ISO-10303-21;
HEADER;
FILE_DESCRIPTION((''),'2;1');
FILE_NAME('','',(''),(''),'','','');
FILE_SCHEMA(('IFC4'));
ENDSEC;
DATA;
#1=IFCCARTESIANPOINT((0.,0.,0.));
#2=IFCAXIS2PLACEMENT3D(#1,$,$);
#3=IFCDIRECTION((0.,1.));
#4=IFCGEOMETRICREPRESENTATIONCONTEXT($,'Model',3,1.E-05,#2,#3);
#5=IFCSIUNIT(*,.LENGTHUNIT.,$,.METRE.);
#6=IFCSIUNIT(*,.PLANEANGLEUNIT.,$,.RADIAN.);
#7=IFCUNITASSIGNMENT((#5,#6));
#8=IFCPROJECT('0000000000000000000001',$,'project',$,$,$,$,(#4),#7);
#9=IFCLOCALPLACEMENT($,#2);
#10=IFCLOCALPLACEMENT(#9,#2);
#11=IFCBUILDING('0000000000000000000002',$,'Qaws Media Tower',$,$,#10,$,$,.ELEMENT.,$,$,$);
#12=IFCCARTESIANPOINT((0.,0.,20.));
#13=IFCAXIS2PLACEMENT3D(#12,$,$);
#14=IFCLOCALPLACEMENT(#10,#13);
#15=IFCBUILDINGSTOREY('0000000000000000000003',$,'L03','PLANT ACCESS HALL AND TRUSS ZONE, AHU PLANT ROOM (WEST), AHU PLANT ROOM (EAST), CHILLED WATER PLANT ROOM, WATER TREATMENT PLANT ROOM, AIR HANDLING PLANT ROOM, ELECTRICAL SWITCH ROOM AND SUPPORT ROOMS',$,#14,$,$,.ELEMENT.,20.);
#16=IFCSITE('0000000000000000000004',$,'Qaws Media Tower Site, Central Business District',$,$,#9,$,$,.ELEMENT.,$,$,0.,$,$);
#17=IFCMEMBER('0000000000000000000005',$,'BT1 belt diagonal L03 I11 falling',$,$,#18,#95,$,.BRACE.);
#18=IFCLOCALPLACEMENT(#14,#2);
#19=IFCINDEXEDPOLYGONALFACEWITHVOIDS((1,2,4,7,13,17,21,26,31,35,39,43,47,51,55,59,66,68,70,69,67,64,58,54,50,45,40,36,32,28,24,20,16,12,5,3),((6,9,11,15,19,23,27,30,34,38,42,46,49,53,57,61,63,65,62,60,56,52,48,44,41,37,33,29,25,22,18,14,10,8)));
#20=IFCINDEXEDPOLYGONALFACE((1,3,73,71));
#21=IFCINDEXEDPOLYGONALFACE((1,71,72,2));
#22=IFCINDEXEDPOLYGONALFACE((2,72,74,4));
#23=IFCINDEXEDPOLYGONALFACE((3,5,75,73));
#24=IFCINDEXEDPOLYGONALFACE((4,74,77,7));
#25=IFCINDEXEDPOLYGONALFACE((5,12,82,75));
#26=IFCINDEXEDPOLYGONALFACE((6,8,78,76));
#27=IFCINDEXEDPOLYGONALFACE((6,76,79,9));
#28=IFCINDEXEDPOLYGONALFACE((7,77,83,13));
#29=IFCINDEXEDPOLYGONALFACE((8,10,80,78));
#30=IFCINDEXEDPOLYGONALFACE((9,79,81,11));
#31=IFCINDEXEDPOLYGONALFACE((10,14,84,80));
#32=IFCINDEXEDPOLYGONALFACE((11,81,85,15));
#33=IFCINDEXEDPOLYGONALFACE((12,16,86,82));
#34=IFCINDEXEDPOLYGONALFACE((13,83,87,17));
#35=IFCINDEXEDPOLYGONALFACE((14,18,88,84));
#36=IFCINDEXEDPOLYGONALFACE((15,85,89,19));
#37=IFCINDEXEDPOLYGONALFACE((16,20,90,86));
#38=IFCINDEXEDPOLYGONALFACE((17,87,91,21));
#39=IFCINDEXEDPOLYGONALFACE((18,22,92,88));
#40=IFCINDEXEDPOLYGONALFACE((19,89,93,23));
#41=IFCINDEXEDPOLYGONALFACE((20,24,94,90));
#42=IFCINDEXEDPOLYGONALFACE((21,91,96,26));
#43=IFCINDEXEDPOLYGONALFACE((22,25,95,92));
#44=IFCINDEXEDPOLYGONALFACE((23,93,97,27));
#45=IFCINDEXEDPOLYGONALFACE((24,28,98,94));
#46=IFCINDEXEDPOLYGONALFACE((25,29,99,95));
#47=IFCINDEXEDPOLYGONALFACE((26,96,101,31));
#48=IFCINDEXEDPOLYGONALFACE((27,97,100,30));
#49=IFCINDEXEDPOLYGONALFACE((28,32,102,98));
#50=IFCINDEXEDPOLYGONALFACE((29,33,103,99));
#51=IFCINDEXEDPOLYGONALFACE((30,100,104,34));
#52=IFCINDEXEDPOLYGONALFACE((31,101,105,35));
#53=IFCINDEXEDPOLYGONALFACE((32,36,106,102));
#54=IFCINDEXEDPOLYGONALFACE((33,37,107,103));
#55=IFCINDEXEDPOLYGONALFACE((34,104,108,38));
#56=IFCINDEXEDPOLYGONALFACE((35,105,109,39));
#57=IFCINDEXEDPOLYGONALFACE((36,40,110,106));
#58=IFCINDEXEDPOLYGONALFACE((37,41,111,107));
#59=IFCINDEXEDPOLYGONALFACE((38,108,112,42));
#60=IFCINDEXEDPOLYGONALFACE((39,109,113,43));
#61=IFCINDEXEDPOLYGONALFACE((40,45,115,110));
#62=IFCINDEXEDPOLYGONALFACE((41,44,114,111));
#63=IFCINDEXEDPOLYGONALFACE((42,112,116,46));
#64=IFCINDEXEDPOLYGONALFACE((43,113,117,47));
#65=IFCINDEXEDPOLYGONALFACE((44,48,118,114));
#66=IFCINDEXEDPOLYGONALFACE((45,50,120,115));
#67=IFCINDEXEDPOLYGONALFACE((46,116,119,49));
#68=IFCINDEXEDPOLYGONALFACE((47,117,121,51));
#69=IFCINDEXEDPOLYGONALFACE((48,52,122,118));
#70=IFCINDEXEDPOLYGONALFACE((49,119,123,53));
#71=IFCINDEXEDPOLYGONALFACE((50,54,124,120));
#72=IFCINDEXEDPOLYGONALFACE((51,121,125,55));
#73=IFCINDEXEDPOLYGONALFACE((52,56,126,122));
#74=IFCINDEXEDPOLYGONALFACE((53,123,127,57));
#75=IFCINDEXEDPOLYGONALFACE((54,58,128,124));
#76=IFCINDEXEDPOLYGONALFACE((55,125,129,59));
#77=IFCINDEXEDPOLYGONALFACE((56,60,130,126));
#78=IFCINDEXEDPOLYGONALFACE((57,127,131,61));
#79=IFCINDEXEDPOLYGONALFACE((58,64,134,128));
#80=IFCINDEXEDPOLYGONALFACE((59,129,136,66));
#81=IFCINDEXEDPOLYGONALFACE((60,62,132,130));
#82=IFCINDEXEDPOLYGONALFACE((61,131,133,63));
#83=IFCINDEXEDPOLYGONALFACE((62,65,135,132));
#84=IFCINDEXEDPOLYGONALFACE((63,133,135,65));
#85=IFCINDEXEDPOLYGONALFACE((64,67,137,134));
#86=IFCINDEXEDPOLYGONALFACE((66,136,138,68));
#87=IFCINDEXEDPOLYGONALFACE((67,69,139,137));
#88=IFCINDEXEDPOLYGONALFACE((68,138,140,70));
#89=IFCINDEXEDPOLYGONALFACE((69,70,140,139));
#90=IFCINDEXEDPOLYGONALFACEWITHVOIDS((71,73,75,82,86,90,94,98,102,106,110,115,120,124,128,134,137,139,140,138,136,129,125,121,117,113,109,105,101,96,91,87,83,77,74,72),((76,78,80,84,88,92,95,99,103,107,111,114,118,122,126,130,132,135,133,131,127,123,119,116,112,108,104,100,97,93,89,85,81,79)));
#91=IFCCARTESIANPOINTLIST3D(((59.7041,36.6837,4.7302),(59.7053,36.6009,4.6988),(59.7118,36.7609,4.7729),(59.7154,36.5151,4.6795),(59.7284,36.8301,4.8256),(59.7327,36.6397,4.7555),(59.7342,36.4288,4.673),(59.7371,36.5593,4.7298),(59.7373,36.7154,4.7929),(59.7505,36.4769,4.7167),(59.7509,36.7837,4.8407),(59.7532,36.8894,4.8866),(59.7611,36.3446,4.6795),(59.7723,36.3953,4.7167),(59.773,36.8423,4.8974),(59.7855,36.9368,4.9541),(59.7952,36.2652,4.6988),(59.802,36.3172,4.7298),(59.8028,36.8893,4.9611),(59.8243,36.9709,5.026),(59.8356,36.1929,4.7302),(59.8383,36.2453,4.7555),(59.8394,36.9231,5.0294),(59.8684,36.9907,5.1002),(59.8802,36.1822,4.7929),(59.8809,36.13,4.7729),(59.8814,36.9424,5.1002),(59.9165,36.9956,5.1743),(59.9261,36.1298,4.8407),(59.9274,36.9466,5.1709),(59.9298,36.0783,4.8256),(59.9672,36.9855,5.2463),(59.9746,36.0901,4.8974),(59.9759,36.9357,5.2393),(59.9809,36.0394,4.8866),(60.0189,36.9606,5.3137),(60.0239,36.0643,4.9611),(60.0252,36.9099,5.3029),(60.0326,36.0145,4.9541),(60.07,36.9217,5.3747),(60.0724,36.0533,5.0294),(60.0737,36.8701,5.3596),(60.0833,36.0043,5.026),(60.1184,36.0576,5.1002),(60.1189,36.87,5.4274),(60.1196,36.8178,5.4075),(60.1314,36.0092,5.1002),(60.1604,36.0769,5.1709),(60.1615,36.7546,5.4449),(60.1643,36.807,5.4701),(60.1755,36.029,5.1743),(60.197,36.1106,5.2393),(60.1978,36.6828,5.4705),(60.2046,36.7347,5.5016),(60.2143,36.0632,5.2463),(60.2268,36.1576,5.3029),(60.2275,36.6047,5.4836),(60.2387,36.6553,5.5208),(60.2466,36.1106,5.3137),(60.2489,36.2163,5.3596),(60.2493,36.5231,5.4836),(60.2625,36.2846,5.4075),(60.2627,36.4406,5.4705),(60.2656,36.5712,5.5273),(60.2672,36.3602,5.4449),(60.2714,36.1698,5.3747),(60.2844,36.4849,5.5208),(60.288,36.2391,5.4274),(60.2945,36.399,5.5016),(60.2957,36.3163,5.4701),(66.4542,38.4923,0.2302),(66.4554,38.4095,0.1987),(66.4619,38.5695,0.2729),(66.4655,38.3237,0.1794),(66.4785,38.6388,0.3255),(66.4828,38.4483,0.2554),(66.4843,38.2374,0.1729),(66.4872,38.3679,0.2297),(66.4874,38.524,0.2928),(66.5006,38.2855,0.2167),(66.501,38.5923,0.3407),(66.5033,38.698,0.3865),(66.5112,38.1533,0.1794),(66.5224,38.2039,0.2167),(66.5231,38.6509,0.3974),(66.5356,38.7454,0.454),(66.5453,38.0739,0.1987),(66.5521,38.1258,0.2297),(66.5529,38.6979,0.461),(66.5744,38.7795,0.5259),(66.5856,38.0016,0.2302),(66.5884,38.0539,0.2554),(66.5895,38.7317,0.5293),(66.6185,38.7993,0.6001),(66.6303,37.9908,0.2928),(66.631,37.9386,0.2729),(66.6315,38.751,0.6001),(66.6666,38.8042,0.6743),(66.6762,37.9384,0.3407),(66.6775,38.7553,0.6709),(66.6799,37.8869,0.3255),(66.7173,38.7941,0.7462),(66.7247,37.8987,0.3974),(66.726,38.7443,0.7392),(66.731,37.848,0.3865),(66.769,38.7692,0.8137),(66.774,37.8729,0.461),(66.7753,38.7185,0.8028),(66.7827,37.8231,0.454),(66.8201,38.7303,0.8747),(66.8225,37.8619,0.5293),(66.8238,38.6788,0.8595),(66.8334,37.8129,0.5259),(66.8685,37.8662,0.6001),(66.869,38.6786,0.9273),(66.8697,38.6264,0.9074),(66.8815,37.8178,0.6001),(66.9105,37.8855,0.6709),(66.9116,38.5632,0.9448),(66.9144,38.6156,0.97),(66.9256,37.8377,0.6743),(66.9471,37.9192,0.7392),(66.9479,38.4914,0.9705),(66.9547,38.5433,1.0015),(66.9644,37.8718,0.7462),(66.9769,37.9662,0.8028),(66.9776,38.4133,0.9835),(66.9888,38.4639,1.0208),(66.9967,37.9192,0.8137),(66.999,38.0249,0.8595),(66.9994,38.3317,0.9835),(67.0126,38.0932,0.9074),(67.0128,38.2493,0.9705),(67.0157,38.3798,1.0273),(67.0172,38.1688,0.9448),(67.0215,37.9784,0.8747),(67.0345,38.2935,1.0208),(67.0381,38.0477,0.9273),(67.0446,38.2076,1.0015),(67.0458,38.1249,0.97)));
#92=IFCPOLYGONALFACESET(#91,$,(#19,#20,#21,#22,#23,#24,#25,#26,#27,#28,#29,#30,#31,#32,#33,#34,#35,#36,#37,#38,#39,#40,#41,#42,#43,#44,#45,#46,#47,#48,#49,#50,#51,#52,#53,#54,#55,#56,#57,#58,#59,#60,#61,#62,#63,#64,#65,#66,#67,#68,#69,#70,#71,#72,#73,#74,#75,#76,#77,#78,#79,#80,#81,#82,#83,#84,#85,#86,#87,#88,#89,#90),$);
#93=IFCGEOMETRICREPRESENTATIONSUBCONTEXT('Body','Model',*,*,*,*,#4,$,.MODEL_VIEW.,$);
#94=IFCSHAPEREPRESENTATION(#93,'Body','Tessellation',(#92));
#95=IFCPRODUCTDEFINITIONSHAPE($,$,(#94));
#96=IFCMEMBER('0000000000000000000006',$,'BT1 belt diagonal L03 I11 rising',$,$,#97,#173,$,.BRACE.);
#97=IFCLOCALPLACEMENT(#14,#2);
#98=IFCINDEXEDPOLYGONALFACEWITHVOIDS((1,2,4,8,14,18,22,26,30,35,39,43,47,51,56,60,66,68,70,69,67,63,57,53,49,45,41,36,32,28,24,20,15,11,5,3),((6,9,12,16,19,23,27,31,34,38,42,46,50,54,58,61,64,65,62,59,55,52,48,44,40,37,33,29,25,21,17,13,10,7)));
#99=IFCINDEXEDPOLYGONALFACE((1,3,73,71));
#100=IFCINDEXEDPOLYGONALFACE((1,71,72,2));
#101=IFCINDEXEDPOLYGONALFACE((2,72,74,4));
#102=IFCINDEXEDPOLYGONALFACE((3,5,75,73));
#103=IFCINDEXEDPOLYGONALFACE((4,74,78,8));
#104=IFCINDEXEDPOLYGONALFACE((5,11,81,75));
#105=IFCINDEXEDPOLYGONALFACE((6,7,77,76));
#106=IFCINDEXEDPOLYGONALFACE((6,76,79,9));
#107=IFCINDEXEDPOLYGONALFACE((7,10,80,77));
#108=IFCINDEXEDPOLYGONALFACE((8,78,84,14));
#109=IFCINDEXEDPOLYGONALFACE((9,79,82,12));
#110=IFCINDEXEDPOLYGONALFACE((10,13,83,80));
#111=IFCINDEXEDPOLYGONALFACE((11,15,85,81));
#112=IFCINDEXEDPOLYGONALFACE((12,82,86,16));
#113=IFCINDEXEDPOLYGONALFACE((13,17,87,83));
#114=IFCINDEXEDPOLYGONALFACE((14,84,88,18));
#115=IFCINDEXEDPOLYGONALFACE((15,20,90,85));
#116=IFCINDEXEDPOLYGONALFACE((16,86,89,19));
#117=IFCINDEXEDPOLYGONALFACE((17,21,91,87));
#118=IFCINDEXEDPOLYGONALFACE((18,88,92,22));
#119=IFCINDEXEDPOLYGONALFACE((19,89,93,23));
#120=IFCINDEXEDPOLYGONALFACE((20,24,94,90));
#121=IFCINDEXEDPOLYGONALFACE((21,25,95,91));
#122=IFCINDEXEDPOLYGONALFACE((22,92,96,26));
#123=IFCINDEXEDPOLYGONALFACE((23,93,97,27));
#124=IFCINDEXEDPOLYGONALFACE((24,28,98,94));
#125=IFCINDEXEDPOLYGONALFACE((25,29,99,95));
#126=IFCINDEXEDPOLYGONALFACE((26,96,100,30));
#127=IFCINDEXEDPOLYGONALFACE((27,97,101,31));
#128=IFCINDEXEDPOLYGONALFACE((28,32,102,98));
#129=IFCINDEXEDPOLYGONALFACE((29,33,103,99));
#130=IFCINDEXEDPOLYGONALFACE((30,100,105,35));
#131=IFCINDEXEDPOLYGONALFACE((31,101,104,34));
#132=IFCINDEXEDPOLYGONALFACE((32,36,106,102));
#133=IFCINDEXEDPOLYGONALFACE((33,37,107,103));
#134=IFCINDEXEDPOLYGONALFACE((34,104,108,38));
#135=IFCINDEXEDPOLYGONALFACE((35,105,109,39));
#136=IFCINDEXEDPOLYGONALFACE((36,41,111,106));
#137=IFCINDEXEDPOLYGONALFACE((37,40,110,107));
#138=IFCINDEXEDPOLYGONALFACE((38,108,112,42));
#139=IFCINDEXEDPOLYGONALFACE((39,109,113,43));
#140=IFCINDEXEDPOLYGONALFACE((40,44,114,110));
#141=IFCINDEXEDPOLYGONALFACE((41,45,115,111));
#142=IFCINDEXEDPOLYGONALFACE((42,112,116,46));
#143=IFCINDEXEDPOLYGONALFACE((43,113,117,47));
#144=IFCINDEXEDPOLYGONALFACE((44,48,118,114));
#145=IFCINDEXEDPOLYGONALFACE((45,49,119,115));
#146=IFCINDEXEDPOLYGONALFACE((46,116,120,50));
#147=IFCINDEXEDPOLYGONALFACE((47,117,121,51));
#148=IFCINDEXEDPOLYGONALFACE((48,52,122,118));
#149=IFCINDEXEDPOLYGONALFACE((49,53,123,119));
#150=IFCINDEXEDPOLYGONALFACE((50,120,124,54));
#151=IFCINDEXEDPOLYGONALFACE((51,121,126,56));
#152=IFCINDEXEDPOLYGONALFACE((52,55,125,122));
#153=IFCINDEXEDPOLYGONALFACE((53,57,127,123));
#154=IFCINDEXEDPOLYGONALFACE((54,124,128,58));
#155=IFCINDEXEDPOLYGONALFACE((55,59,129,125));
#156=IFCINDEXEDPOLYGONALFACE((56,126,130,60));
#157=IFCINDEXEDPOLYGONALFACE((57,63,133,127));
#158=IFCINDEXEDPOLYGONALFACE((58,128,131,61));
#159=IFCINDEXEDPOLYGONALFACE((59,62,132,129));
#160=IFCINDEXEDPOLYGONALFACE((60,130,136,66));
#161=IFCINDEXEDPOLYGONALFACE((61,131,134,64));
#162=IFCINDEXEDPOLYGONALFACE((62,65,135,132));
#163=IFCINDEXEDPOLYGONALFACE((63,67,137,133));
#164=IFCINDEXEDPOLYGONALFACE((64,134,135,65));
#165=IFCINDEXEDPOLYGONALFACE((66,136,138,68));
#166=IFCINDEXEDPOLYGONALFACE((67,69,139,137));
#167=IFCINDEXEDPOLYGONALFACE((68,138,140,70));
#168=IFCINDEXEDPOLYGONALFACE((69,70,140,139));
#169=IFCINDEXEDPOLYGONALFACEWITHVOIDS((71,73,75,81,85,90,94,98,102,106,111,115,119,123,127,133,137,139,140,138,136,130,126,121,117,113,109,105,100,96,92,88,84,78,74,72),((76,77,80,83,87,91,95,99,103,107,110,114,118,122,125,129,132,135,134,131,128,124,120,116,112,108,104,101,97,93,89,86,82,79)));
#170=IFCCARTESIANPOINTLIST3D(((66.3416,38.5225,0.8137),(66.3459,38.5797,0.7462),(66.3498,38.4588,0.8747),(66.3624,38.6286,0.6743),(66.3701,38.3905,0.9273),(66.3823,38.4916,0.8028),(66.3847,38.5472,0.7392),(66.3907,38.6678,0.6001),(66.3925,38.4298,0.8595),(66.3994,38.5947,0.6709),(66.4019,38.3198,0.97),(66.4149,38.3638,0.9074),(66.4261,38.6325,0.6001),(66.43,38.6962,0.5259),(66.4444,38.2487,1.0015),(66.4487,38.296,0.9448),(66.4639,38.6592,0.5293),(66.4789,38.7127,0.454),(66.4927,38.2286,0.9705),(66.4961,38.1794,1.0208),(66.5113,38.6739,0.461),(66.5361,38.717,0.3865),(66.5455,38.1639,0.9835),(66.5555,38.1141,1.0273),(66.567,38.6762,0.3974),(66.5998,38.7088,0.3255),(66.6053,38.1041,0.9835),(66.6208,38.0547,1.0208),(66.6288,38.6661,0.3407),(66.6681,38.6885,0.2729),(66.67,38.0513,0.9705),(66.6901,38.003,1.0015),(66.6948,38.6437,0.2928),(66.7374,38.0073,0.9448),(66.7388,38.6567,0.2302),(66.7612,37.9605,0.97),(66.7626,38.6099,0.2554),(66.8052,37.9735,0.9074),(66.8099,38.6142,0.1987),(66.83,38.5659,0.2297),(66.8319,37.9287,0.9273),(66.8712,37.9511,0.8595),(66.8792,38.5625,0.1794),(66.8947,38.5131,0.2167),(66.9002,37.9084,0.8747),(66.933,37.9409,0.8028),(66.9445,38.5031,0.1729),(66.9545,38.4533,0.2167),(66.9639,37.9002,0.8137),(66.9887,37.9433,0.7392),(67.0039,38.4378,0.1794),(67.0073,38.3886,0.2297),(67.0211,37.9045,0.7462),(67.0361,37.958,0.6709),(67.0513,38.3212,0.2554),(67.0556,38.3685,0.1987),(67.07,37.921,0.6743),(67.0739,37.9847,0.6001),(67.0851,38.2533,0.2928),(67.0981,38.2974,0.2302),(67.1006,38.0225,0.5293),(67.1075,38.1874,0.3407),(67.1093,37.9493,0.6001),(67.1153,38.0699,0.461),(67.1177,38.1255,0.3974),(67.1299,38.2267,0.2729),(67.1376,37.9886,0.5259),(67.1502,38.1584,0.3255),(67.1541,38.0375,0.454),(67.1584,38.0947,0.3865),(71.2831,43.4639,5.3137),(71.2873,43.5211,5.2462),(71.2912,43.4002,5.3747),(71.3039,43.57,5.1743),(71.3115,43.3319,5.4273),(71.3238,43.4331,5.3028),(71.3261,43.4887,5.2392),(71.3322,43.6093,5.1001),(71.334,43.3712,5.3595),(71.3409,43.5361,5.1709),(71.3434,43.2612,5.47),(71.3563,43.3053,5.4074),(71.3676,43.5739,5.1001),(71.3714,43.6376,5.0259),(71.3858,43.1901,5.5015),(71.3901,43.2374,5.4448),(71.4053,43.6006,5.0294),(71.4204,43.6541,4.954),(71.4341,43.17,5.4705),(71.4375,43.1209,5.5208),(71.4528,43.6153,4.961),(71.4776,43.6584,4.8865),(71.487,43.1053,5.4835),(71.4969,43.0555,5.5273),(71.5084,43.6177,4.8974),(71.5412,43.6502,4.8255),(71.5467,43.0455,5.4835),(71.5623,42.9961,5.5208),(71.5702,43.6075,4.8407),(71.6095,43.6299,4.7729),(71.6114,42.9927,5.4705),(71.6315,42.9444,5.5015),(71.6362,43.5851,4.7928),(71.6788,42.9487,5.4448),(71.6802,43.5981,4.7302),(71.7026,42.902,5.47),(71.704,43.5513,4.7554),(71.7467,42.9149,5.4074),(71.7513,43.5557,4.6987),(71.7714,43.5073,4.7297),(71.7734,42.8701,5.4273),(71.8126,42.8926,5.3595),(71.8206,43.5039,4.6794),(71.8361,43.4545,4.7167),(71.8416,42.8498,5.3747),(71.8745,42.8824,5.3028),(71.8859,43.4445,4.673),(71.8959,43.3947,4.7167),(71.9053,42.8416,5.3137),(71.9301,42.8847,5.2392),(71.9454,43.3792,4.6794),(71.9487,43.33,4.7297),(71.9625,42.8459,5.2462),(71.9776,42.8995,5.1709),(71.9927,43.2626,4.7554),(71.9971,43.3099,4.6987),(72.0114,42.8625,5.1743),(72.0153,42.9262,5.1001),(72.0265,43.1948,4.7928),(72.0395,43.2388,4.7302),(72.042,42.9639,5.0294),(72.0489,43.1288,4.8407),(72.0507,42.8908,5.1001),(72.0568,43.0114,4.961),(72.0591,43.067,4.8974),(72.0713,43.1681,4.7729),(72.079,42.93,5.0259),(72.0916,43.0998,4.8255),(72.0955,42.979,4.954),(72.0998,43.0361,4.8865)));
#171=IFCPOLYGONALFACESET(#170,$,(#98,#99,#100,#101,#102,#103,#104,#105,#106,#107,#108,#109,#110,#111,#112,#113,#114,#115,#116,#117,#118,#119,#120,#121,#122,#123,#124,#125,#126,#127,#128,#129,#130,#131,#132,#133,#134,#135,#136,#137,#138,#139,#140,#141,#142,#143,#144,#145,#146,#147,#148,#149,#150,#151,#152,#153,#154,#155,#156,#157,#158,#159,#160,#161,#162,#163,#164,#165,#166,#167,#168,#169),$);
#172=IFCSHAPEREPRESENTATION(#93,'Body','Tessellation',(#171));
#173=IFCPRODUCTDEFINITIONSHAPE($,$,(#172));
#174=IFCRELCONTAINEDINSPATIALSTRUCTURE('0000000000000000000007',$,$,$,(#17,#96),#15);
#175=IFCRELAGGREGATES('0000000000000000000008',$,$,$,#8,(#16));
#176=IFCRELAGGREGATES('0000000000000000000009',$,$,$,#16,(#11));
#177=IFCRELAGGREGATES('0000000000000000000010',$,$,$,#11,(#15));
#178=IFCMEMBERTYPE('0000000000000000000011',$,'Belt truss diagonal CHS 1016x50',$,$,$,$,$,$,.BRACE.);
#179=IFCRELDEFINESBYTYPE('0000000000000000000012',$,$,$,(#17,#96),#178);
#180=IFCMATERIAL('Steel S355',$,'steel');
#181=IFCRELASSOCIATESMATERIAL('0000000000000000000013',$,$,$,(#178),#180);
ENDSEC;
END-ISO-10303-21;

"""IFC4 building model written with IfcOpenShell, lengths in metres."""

from ifc_helpers import new_model, si_unit, direction, frame, origin, origin_2d, place, context, subcontext, project, spatial, hollow_circle, extrude, material, material_profile, profile_set, type_object, element, save


model = new_model("IFC4")

# Units and contexts
model_context = context("Model", 3, precision=1e-05, world=origin(), true_north=direction((0.0, 1.0)))
body_context = subcontext(model_context, "Body", "Model", "MODEL_VIEW")
ifc_project = project(units=[si_unit("LENGTHUNIT", "METRE"), si_unit("PLANEANGLEUNIT", "RADIAN")], contexts=[model_context])

# Site, building, storey
site_placement = place(None, origin())
site = spatial("IfcSite", under=ifc_project, at=site_placement, Name="Qaws Media Tower Site, Central Business District", CompositionType="ELEMENT", RefElevation=0.0)
building_placement = place(site_placement, origin())
building = spatial("IfcBuilding", under=site, at=building_placement, Name="Qaws Media Tower", CompositionType="ELEMENT")
storey_placement = place(building_placement, frame((0.0, 0.0, 20.0)))
storey = spatial("IfcBuildingStorey", under=building, at=storey_placement, Name="L03", Description="PLANT ACCESS HALL AND TRUSS ZONE, AHU PLANT ROOM (WEST), AHU PLANT ROOM (EAST), CHILLED WATER PLANT ROOM, WATER TREATMENT PLANT ROOM, AIR HANDLING PLANT ROOM, ELECTRICAL SWITCH ROOM AND SUPPORT ROOMS", CompositionType="ELEMENT", Elevation=20.0)

# Members
ifc_material_1 = material(Name="Steel S355", Category="steel")
ifc_material_profile_1 = material_profile(ifc_material_1, hollow_circle(Radius=0.5081, WallThickness=0.05, at=origin_2d()), Name="CHS 1016x50")
ifc_profile_set_1 = profile_set([ifc_material_profile_1], Name="Steel S355")
member_type = type_object("IfcMemberType", Name="Belt truss diagonal CHS 1016x50", PredefinedType="BRACE", material=ifc_profile_set_1)
for number, where, z_axis, x_axis, name in (
    (1, (66.75, 38.3086, 0.6001), (-0.812113, -0.217597, 0.541409), (0.258811, -0.965928, 0.0), "BT1 belt diagonal L03 I11 falling"),
    (2, (66.75, 38.3086, 0.6001), (0.594509, 0.594509, 0.541403), (-0.707107, 0.707107, 0.0), "BT1 belt diagonal L03 I11 rising"),
):
    element("IfcMember", number, at=place(storey_placement, frame(where, z_axis=z_axis, x_axis=x_axis)), inside=storey, type_object=member_type, Name=name, PredefinedType="BRACE", context=body_context, shape_type="SweptSolid", body=[
        extrude(hollow_circle(Radius=0.5081, WallThickness=0.05, at=origin_2d()), origin(), (0.0, 0.0, 1.0), 8.3118),
    ])

save(model, "model.ifc")
